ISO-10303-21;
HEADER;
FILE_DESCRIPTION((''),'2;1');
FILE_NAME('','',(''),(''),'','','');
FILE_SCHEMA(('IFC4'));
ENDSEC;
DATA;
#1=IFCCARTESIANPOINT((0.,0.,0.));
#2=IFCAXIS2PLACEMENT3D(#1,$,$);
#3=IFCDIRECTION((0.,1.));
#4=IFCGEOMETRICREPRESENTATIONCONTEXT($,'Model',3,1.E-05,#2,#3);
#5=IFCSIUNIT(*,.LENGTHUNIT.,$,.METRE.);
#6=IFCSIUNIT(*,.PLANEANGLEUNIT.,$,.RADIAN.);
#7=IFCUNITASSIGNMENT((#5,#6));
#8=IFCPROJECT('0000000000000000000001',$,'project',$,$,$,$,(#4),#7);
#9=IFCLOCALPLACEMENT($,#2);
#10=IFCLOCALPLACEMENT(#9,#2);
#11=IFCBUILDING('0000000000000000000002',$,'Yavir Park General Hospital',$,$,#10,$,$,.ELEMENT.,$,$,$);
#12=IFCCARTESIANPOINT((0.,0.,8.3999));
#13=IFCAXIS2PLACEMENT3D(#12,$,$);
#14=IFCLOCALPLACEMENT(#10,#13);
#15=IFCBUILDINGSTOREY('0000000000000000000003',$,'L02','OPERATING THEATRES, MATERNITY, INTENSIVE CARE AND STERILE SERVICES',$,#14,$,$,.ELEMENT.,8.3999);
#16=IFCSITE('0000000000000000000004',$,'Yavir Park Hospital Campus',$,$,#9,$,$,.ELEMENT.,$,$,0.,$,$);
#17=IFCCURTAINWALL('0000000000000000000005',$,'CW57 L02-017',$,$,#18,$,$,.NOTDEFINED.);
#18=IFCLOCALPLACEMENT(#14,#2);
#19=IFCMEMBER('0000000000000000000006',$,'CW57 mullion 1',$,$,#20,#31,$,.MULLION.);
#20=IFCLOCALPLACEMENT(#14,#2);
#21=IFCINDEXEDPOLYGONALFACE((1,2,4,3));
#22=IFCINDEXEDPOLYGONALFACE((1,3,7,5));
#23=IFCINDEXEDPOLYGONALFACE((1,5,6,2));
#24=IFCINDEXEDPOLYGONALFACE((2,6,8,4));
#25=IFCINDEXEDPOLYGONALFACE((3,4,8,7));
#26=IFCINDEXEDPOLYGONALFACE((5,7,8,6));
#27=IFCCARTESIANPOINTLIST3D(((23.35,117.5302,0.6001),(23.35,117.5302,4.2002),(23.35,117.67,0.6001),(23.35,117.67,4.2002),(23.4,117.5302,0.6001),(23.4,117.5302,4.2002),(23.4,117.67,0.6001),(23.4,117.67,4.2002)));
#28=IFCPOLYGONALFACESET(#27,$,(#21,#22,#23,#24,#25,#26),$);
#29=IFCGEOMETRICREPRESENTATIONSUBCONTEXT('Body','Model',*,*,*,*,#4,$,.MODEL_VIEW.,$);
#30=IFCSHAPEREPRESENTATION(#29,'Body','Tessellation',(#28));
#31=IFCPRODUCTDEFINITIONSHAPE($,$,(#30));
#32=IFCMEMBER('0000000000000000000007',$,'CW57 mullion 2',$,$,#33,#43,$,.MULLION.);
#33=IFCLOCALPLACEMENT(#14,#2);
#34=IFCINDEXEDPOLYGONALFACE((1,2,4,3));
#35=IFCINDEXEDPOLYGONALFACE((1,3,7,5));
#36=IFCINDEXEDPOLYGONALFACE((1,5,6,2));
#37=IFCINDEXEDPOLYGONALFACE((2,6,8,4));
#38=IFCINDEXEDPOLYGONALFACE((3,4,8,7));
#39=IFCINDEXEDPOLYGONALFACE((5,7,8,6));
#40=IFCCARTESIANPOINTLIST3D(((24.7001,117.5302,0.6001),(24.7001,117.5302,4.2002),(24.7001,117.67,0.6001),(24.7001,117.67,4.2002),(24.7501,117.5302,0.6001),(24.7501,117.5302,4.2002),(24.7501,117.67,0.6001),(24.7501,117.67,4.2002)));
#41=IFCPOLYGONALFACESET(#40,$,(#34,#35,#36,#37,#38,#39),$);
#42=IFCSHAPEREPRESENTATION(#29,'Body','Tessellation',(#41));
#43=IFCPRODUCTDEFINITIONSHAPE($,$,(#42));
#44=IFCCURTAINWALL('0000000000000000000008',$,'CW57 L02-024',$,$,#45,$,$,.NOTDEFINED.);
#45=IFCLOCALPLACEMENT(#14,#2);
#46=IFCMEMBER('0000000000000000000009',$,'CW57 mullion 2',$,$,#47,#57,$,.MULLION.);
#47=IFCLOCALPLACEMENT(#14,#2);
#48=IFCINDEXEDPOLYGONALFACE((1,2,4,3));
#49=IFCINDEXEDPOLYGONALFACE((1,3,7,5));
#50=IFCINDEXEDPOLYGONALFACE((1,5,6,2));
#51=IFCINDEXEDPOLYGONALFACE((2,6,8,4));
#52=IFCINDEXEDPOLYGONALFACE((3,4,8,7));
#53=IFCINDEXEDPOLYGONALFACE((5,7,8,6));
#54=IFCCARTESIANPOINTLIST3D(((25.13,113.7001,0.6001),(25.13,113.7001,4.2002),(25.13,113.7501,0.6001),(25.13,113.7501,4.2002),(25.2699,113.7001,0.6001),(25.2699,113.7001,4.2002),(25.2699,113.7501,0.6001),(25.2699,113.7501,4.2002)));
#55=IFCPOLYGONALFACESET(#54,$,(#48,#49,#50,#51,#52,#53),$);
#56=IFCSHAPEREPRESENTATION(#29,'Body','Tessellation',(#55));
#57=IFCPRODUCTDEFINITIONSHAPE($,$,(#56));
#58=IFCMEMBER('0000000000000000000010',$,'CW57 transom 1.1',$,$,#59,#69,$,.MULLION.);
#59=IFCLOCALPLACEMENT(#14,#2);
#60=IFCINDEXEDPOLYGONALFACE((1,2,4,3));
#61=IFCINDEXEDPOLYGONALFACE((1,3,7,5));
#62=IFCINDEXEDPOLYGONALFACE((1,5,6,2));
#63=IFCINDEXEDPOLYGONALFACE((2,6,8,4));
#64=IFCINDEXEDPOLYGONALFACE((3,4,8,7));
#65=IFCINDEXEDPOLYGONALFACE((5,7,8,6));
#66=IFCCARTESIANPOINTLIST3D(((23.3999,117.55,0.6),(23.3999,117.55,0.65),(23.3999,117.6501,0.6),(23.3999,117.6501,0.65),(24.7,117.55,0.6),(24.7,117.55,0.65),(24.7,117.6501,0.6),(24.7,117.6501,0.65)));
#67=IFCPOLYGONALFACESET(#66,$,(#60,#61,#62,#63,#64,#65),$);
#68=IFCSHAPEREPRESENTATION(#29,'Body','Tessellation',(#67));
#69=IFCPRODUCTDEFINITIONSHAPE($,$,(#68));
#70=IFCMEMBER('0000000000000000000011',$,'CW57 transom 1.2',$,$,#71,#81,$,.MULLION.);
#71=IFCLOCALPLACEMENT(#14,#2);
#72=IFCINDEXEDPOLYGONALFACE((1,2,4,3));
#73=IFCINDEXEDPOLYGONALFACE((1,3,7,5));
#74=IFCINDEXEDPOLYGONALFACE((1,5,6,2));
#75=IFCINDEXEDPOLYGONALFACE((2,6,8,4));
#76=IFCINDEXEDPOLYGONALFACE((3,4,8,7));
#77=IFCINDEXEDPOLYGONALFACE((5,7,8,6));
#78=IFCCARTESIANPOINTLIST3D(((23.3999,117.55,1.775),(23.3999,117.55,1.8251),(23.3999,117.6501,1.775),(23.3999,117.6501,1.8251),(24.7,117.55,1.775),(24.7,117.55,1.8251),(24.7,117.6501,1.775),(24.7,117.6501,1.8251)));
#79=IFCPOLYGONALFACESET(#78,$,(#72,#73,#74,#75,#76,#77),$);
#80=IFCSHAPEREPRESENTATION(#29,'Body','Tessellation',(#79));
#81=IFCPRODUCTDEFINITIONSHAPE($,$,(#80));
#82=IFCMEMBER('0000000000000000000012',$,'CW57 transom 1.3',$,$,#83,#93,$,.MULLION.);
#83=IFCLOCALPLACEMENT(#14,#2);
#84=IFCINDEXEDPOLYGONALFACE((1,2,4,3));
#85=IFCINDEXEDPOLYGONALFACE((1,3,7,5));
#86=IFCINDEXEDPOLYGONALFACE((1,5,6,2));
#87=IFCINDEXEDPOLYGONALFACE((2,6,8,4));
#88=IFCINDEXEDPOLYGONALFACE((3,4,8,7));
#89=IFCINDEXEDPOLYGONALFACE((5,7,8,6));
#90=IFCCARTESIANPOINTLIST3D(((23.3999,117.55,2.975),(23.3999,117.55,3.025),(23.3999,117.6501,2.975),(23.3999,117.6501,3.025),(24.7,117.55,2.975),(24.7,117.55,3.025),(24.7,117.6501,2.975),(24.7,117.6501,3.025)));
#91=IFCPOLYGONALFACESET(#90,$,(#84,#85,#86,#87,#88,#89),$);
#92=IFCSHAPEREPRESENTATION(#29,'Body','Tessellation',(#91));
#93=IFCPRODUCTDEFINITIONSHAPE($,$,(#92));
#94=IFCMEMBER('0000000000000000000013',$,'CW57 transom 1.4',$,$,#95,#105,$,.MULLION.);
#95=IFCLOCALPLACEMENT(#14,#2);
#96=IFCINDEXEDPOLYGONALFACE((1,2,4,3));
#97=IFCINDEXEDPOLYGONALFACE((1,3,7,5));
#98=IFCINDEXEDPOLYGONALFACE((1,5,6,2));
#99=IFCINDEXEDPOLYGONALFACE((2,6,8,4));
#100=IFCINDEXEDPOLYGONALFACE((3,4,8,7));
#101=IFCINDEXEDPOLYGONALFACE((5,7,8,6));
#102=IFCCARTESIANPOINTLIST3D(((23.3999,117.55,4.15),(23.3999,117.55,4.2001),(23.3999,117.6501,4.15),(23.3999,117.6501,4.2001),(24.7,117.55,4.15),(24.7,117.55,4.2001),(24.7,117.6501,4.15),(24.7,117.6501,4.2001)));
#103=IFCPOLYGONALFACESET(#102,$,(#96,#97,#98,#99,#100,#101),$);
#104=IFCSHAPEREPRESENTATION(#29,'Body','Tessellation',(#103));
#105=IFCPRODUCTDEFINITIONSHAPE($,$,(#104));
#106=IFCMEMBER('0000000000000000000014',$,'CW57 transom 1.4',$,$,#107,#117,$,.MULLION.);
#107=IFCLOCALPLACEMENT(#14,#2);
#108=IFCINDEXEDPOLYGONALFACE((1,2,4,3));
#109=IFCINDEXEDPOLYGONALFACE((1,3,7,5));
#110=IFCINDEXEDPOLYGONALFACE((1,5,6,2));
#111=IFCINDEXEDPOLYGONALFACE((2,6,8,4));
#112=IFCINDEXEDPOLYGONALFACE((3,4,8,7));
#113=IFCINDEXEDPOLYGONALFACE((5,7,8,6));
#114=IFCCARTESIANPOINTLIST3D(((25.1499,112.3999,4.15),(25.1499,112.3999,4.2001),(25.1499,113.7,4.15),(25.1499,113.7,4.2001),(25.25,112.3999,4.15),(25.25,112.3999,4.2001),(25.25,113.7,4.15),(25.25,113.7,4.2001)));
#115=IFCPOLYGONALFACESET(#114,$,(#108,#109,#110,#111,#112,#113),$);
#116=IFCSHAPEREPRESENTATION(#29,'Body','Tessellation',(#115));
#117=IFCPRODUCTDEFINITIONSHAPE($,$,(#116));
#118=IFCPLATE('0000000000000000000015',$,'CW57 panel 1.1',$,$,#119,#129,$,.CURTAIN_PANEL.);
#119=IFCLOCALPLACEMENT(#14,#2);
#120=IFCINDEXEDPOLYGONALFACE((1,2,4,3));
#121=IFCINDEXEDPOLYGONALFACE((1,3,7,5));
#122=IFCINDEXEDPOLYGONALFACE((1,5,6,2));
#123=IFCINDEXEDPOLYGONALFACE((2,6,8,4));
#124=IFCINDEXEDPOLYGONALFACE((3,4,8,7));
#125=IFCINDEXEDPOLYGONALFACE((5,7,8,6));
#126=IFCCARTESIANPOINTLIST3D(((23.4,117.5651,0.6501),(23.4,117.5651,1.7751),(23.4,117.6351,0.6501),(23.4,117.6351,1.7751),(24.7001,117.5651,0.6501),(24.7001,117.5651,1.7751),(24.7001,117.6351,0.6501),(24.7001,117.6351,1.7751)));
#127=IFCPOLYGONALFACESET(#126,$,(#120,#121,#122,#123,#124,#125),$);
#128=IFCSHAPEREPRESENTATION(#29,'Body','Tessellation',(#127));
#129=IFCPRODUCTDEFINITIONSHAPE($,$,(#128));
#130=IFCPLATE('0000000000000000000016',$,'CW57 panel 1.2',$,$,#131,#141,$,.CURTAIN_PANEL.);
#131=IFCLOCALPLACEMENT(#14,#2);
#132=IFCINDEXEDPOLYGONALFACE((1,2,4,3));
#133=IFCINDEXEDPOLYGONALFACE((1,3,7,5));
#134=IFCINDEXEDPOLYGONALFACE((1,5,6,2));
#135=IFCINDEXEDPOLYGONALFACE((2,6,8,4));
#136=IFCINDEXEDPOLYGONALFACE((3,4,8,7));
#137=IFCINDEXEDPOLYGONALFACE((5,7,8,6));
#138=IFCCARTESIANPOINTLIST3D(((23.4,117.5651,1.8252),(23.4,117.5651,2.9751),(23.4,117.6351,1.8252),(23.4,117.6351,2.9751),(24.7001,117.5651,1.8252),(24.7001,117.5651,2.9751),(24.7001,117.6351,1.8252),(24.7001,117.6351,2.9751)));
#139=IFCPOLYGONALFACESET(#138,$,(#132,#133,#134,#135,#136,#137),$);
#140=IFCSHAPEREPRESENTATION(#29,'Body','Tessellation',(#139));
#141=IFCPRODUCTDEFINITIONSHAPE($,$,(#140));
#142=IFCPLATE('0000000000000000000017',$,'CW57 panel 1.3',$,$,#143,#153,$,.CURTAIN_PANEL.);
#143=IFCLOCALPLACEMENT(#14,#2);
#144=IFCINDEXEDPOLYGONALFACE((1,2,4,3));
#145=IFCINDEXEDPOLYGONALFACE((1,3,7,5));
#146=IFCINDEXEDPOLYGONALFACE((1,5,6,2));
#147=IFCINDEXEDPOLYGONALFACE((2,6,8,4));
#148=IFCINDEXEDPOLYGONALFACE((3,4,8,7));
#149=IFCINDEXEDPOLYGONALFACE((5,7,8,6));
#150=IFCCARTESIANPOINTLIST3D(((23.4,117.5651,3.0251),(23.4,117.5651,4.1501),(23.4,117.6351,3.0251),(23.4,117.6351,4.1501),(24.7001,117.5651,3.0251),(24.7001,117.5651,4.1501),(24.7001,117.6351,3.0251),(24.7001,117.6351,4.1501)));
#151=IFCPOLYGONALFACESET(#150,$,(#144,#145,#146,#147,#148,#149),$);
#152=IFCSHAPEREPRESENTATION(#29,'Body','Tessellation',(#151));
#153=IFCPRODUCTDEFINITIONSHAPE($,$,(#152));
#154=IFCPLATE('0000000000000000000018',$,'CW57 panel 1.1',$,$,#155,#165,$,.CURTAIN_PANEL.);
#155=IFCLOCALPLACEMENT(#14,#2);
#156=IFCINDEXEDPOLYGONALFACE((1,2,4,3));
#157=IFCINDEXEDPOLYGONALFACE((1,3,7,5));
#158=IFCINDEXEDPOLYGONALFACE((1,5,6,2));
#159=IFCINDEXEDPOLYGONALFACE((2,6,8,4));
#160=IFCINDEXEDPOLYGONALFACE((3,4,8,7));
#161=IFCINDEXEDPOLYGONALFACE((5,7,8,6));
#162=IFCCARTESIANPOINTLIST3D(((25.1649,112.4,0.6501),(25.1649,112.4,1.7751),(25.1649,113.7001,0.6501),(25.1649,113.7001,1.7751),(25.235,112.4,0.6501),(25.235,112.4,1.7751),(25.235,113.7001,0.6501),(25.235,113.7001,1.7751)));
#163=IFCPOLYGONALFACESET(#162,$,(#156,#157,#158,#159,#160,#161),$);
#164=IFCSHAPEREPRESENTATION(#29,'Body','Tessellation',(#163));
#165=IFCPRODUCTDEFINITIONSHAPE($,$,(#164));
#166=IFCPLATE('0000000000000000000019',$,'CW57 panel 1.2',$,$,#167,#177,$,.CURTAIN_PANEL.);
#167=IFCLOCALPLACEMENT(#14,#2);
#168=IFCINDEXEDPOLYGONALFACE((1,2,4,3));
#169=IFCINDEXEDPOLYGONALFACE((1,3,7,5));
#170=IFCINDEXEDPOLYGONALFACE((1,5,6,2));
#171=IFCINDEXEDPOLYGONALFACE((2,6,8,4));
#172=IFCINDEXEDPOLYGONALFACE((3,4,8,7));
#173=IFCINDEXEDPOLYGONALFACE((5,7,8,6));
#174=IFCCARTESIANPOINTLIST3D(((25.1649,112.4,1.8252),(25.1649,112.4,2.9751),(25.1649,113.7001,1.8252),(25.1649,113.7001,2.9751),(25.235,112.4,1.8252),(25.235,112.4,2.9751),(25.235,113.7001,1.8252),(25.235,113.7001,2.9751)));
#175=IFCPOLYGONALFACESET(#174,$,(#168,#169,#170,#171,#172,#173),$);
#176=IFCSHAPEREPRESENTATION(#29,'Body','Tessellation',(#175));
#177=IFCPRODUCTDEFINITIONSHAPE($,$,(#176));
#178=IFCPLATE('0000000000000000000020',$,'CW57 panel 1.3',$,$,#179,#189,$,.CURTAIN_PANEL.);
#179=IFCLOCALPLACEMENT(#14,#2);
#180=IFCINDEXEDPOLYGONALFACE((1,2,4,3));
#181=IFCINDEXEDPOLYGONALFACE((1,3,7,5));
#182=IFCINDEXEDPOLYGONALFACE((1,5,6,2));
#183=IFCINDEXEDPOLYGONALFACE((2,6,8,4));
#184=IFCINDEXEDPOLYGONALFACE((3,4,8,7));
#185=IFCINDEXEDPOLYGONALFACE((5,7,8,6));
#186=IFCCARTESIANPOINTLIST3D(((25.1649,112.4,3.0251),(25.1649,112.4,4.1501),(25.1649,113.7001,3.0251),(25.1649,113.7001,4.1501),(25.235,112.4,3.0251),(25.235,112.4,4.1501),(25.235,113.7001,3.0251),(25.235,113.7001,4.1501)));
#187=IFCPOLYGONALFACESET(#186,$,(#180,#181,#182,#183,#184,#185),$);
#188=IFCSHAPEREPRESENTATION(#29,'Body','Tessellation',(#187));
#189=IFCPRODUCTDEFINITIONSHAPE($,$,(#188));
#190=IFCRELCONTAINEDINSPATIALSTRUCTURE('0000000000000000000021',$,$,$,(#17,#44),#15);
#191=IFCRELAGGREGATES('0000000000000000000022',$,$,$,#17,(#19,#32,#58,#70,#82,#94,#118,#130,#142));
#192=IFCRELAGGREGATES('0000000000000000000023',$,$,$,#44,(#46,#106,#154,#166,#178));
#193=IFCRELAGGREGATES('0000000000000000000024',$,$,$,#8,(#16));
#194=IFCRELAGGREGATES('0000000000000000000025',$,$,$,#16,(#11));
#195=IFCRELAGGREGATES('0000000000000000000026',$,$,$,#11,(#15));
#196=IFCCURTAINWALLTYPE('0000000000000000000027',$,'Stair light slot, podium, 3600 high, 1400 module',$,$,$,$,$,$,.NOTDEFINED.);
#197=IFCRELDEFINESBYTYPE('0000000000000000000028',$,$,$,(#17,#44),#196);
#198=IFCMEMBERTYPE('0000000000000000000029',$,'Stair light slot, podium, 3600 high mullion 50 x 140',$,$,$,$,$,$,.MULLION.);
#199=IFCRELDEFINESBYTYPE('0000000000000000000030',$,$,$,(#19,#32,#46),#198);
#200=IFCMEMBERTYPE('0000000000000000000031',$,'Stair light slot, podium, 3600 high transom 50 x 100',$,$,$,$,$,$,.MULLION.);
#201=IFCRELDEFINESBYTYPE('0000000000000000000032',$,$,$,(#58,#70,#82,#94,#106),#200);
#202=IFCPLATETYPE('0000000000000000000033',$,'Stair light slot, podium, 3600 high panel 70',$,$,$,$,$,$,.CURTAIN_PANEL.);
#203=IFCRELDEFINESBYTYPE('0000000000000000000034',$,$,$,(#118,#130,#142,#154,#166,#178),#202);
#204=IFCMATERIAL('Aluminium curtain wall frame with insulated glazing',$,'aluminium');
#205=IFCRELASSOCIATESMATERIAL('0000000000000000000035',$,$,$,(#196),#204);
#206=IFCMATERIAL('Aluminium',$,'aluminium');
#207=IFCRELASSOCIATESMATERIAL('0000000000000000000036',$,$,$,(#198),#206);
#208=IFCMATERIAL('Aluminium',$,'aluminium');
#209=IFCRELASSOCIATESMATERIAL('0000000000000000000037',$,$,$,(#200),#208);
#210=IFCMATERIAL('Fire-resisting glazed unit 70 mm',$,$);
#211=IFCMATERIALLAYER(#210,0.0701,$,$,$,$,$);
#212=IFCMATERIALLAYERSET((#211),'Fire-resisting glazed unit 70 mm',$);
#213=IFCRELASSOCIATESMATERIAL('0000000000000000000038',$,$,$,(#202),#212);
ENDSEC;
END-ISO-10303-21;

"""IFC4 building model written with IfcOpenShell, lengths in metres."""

from ifc_helpers import new_model, si_unit, direction, frame, origin, origin_2d, place, context, subcontext, project, spatial, rectangle, extrude, material, layer, layer_set, material_profile, profile_set, type_object, element, aggregate, save


model = new_model("IFC4")

# Units and contexts
model_context = context("Model", 3, precision=1e-05, world=origin(), true_north=direction((0.0, 1.0)))
body_context = subcontext(model_context, "Body", "Model", "MODEL_VIEW")
ifc_project = project(units=[si_unit("LENGTHUNIT", "METRE"), si_unit("PLANEANGLEUNIT", "RADIAN")], contexts=[model_context])

# Site, building, storey
site_placement = place(None, origin())
site = spatial("IfcSite", under=ifc_project, at=site_placement, Name="Yavir Park Hospital Campus", CompositionType="ELEMENT", RefElevation=0.0)
building_placement = place(site_placement, origin())
building = spatial("IfcBuilding", under=site, at=building_placement, Name="Yavir Park General Hospital", CompositionType="ELEMENT")
storey_placement = place(building_placement, frame((0.0, 0.0, 8.3999)))
storey = spatial("IfcBuildingStorey", under=building, at=storey_placement, Name="L02", Description="OPERATING THEATRES, MATERNITY, INTENSIVE CARE AND STERILE SERVICES", CompositionType="ELEMENT", Elevation=8.3999)

# Curtain wall, members
ifc_material_1 = material(Name="Aluminium curtain wall frame with insulated glazing", Category="aluminium")
curtain_wall_type = type_object("IfcCurtainWallType", Name="Stair light slot, podium, 3600 high, 1400 module", PredefinedType="NOTDEFINED", material=ifc_material_1)
curtain_wall_1_placement = place(storey_placement, origin())
curtain_wall_1 = element("IfcCurtainWall", 1, at=curtain_wall_1_placement, inside=storey, type_object=curtain_wall_type, Name="CW57 L02-017", PredefinedType="NOTDEFINED")
ifc_material_2 = material(Name="Aluminium", Category="aluminium")
ifc_material_profile_1 = material_profile(ifc_material_2, rectangle(XDim=0.1399, YDim=0.05, at=origin_2d()), Name="AL 50x140")
ifc_profile_set_1 = profile_set([ifc_material_profile_1], Name="Aluminium")
member_type_1 = type_object("IfcMemberType", Name="Stair light slot, podium, 3600 high mullion 50 x 140", PredefinedType="MULLION", material=ifc_profile_set_1)
member_1_placement = place(storey_placement, frame((23.375, 117.6001, 0.6001), z_axis=(0.0, 0.0, 1.0), x_axis=(0.0, 1.0, 0.0)))
member_1 = element("IfcMember", 2, at=member_1_placement, type_object=member_type_1, Name="CW57 mullion 1", PredefinedType="MULLION", context=body_context, shape_type="SweptSolid", body=[
    extrude(rectangle(XDim=0.1399, YDim=0.05, at=origin_2d()), origin(), (0.0, 0.0, 1.0), 3.6001),
])
member_2_placement = place(storey_placement, frame((24.7251, 117.6001, 0.6001), z_axis=(0.0, 0.0, 1.0), x_axis=(0.0, 1.0, 0.0)))
member_2 = element("IfcMember", 3, at=member_2_placement, type_object=member_type_1, Name="CW57 mullion 2", PredefinedType="MULLION", context=body_context, shape_type="SweptSolid", body=[
    extrude(rectangle(XDim=0.1399, YDim=0.05, at=origin_2d()), origin(), (0.0, 0.0, 1.0), 3.6001),
])

# Curtain wall, member
curtain_wall_2_placement = place(storey_placement, origin())
curtain_wall_2 = element("IfcCurtainWall", 4, at=curtain_wall_2_placement, inside=storey, type_object=curtain_wall_type, Name="CW57 L02-024", PredefinedType="NOTDEFINED")
member_3_placement = place(storey_placement, frame((25.2, 113.7251, 0.6001), z_axis=(0.0, 0.0, 1.0), x_axis=(-1.0, 0.0, 0.0)))
member_3 = element("IfcMember", 5, at=member_3_placement, type_object=member_type_1, Name="CW57 mullion 2", PredefinedType="MULLION", context=body_context, shape_type="SweptSolid", body=[
    extrude(rectangle(XDim=0.1399, YDim=0.05, at=origin_2d()), origin(), (0.0, 0.0, 1.0), 3.6001),
])

# Members
ifc_material_3 = material(Name="Aluminium", Category="aluminium")
ifc_material_profile_2 = material_profile(ifc_material_3, rectangle(XDim=0.1001, YDim=0.05, at=origin_2d()), Name="AL 100x50")
ifc_profile_set_2 = profile_set([ifc_material_profile_2], Name="Aluminium")
member_type_2 = type_object("IfcMemberType", Name="Stair light slot, podium, 3600 high transom 50 x 100", PredefinedType="MULLION", material=ifc_profile_set_2)
member_4_placement = place(storey_placement, frame((23.3999, 117.6001, 0.625), z_axis=(1.0, 0.0, 0.0), x_axis=(0.0, 1.0, 0.0)))
member_4 = element("IfcMember", 6, at=member_4_placement, type_object=member_type_2, Name="CW57 transom 1.1", PredefinedType="MULLION", context=body_context, shape_type="SweptSolid", body=[
    extrude(rectangle(XDim=0.1001, YDim=0.05, at=origin_2d()), origin(), (0.0, 0.0, 1.0), 1.3),
])
member_5_placement = place(storey_placement, frame((23.3999, 117.6001, 1.8), z_axis=(1.0, 0.0, 0.0), x_axis=(0.0, 1.0, 0.0)))
member_5 = element("IfcMember", 7, at=member_5_placement, type_object=member_type_2, Name="CW57 transom 1.2", PredefinedType="MULLION", context=body_context, shape_type="SweptSolid", body=[
    extrude(rectangle(XDim=0.1001, YDim=0.05, at=origin_2d()), origin(), (0.0, 0.0, 1.0), 1.3),
])
member_6_placement = place(storey_placement, frame((23.3999, 117.6001, 3.0), z_axis=(1.0, 0.0, 0.0), x_axis=(0.0, 1.0, 0.0)))
member_6 = element("IfcMember", 8, at=member_6_placement, type_object=member_type_2, Name="CW57 transom 1.3", PredefinedType="MULLION", context=body_context, shape_type="SweptSolid", body=[
    extrude(rectangle(XDim=0.1001, YDim=0.05, at=origin_2d()), origin(), (0.0, 0.0, 1.0), 1.3),
])
member_7_placement = place(storey_placement, frame((23.3999, 117.6001, 4.175), z_axis=(1.0, 0.0, 0.0), x_axis=(0.0, 1.0, 0.0)))
member_7 = element("IfcMember", 9, at=member_7_placement, type_object=member_type_2, Name="CW57 transom 1.4", PredefinedType="MULLION", context=body_context, shape_type="SweptSolid", body=[
    extrude(rectangle(XDim=0.1001, YDim=0.05, at=origin_2d()), origin(), (0.0, 0.0, 1.0), 1.3),
])
member_8_placement = place(storey_placement, frame((25.2, 112.3999, 4.175), z_axis=(0.0, 1.0, 0.0), x_axis=(-1.0, 0.0, 0.0)))
member_8 = element("IfcMember", 10, at=member_8_placement, type_object=member_type_2, Name="CW57 transom 1.4", PredefinedType="MULLION", context=body_context, shape_type="SweptSolid", body=[
    extrude(rectangle(XDim=0.1001, YDim=0.05, at=origin_2d()), origin(), (0.0, 0.0, 1.0), 1.3),
])

# Plates
ifc_material_4 = material(Name="Fire-resisting glazed unit 70 mm")
ifc_layer_1 = layer(ifc_material_4, 0.0701)
ifc_layer_set_1 = layer_set([ifc_layer_1], Name="Fire-resisting glazed unit 70 mm")
plate_type = type_object("IfcPlateType", Name="Stair light slot, podium, 3600 high panel 70", PredefinedType="CURTAIN_PANEL", material=ifc_layer_set_1)
plate_1_placement = place(storey_placement, frame((24.05, 117.6001, 0.6501), z_axis=(0.0, 0.0, 1.0), x_axis=(1.0, 0.0, 0.0)))
plate_1 = element("IfcPlate", 11, at=plate_1_placement, type_object=plate_type, Name="CW57 panel 1.1", PredefinedType="CURTAIN_PANEL", context=body_context, shape_type="SweptSolid", body=[
    extrude(rectangle(XDim=1.3, YDim=0.0701, at=origin_2d()), origin(), (0.0, 0.0, 1.0), 1.125),
])
plate_2_placement = place(storey_placement, frame((24.05, 117.6001, 1.8252), z_axis=(0.0, 0.0, 1.0), x_axis=(1.0, 0.0, 0.0)))
plate_2 = element("IfcPlate", 12, at=plate_2_placement, type_object=plate_type, Name="CW57 panel 1.2", PredefinedType="CURTAIN_PANEL", context=body_context, shape_type="SweptSolid", body=[
    extrude(rectangle(XDim=1.3, YDim=0.0701, at=origin_2d()), origin(), (0.0, 0.0, 1.0), 1.1499),
])
plate_3_placement = place(storey_placement, frame((24.05, 117.6001, 3.0251), z_axis=(0.0, 0.0, 1.0), x_axis=(1.0, 0.0, 0.0)))
plate_3 = element("IfcPlate", 13, at=plate_3_placement, type_object=plate_type, Name="CW57 panel 1.3", PredefinedType="CURTAIN_PANEL", context=body_context, shape_type="SweptSolid", body=[
    extrude(rectangle(XDim=1.3, YDim=0.0701, at=origin_2d()), origin(), (0.0, 0.0, 1.0), 1.125),
])
aggregate(curtain_wall_1, [member_1, member_2, member_4, member_5, member_6, member_7, plate_1, plate_2, plate_3])
plate_4_placement = place(storey_placement, frame((25.2, 113.05, 0.6501), z_axis=(0.0, 0.0, 1.0), x_axis=(0.0, 1.0, 0.0)))
plate_4 = element("IfcPlate", 14, at=plate_4_placement, type_object=plate_type, Name="CW57 panel 1.1", PredefinedType="CURTAIN_PANEL", context=body_context, shape_type="SweptSolid", body=[
    extrude(rectangle(XDim=1.3, YDim=0.0701, at=origin_2d()), origin(), (0.0, 0.0, 1.0), 1.125),
])
plate_5_placement = place(storey_placement, frame((25.2, 113.05, 1.8252), z_axis=(0.0, 0.0, 1.0), x_axis=(0.0, 1.0, 0.0)))
plate_5 = element("IfcPlate", 15, at=plate_5_placement, type_object=plate_type, Name="CW57 panel 1.2", PredefinedType="CURTAIN_PANEL", context=body_context, shape_type="SweptSolid", body=[
    extrude(rectangle(XDim=1.3, YDim=0.0701, at=origin_2d()), origin(), (0.0, 0.0, 1.0), 1.1499),
])
plate_6_placement = place(storey_placement, frame((25.2, 113.05, 3.0251), z_axis=(0.0, 0.0, 1.0), x_axis=(0.0, 1.0, 0.0)))
plate_6 = element("IfcPlate", 16, at=plate_6_placement, type_object=plate_type, Name="CW57 panel 1.3", PredefinedType="CURTAIN_PANEL", context=body_context, shape_type="SweptSolid", body=[
    extrude(rectangle(XDim=1.3, YDim=0.0701, at=origin_2d()), origin(), (0.0, 0.0, 1.0), 1.125),
])
aggregate(curtain_wall_2, [member_3, member_8, plate_4, plate_5, plate_6])

save(model, "model.ifc")
